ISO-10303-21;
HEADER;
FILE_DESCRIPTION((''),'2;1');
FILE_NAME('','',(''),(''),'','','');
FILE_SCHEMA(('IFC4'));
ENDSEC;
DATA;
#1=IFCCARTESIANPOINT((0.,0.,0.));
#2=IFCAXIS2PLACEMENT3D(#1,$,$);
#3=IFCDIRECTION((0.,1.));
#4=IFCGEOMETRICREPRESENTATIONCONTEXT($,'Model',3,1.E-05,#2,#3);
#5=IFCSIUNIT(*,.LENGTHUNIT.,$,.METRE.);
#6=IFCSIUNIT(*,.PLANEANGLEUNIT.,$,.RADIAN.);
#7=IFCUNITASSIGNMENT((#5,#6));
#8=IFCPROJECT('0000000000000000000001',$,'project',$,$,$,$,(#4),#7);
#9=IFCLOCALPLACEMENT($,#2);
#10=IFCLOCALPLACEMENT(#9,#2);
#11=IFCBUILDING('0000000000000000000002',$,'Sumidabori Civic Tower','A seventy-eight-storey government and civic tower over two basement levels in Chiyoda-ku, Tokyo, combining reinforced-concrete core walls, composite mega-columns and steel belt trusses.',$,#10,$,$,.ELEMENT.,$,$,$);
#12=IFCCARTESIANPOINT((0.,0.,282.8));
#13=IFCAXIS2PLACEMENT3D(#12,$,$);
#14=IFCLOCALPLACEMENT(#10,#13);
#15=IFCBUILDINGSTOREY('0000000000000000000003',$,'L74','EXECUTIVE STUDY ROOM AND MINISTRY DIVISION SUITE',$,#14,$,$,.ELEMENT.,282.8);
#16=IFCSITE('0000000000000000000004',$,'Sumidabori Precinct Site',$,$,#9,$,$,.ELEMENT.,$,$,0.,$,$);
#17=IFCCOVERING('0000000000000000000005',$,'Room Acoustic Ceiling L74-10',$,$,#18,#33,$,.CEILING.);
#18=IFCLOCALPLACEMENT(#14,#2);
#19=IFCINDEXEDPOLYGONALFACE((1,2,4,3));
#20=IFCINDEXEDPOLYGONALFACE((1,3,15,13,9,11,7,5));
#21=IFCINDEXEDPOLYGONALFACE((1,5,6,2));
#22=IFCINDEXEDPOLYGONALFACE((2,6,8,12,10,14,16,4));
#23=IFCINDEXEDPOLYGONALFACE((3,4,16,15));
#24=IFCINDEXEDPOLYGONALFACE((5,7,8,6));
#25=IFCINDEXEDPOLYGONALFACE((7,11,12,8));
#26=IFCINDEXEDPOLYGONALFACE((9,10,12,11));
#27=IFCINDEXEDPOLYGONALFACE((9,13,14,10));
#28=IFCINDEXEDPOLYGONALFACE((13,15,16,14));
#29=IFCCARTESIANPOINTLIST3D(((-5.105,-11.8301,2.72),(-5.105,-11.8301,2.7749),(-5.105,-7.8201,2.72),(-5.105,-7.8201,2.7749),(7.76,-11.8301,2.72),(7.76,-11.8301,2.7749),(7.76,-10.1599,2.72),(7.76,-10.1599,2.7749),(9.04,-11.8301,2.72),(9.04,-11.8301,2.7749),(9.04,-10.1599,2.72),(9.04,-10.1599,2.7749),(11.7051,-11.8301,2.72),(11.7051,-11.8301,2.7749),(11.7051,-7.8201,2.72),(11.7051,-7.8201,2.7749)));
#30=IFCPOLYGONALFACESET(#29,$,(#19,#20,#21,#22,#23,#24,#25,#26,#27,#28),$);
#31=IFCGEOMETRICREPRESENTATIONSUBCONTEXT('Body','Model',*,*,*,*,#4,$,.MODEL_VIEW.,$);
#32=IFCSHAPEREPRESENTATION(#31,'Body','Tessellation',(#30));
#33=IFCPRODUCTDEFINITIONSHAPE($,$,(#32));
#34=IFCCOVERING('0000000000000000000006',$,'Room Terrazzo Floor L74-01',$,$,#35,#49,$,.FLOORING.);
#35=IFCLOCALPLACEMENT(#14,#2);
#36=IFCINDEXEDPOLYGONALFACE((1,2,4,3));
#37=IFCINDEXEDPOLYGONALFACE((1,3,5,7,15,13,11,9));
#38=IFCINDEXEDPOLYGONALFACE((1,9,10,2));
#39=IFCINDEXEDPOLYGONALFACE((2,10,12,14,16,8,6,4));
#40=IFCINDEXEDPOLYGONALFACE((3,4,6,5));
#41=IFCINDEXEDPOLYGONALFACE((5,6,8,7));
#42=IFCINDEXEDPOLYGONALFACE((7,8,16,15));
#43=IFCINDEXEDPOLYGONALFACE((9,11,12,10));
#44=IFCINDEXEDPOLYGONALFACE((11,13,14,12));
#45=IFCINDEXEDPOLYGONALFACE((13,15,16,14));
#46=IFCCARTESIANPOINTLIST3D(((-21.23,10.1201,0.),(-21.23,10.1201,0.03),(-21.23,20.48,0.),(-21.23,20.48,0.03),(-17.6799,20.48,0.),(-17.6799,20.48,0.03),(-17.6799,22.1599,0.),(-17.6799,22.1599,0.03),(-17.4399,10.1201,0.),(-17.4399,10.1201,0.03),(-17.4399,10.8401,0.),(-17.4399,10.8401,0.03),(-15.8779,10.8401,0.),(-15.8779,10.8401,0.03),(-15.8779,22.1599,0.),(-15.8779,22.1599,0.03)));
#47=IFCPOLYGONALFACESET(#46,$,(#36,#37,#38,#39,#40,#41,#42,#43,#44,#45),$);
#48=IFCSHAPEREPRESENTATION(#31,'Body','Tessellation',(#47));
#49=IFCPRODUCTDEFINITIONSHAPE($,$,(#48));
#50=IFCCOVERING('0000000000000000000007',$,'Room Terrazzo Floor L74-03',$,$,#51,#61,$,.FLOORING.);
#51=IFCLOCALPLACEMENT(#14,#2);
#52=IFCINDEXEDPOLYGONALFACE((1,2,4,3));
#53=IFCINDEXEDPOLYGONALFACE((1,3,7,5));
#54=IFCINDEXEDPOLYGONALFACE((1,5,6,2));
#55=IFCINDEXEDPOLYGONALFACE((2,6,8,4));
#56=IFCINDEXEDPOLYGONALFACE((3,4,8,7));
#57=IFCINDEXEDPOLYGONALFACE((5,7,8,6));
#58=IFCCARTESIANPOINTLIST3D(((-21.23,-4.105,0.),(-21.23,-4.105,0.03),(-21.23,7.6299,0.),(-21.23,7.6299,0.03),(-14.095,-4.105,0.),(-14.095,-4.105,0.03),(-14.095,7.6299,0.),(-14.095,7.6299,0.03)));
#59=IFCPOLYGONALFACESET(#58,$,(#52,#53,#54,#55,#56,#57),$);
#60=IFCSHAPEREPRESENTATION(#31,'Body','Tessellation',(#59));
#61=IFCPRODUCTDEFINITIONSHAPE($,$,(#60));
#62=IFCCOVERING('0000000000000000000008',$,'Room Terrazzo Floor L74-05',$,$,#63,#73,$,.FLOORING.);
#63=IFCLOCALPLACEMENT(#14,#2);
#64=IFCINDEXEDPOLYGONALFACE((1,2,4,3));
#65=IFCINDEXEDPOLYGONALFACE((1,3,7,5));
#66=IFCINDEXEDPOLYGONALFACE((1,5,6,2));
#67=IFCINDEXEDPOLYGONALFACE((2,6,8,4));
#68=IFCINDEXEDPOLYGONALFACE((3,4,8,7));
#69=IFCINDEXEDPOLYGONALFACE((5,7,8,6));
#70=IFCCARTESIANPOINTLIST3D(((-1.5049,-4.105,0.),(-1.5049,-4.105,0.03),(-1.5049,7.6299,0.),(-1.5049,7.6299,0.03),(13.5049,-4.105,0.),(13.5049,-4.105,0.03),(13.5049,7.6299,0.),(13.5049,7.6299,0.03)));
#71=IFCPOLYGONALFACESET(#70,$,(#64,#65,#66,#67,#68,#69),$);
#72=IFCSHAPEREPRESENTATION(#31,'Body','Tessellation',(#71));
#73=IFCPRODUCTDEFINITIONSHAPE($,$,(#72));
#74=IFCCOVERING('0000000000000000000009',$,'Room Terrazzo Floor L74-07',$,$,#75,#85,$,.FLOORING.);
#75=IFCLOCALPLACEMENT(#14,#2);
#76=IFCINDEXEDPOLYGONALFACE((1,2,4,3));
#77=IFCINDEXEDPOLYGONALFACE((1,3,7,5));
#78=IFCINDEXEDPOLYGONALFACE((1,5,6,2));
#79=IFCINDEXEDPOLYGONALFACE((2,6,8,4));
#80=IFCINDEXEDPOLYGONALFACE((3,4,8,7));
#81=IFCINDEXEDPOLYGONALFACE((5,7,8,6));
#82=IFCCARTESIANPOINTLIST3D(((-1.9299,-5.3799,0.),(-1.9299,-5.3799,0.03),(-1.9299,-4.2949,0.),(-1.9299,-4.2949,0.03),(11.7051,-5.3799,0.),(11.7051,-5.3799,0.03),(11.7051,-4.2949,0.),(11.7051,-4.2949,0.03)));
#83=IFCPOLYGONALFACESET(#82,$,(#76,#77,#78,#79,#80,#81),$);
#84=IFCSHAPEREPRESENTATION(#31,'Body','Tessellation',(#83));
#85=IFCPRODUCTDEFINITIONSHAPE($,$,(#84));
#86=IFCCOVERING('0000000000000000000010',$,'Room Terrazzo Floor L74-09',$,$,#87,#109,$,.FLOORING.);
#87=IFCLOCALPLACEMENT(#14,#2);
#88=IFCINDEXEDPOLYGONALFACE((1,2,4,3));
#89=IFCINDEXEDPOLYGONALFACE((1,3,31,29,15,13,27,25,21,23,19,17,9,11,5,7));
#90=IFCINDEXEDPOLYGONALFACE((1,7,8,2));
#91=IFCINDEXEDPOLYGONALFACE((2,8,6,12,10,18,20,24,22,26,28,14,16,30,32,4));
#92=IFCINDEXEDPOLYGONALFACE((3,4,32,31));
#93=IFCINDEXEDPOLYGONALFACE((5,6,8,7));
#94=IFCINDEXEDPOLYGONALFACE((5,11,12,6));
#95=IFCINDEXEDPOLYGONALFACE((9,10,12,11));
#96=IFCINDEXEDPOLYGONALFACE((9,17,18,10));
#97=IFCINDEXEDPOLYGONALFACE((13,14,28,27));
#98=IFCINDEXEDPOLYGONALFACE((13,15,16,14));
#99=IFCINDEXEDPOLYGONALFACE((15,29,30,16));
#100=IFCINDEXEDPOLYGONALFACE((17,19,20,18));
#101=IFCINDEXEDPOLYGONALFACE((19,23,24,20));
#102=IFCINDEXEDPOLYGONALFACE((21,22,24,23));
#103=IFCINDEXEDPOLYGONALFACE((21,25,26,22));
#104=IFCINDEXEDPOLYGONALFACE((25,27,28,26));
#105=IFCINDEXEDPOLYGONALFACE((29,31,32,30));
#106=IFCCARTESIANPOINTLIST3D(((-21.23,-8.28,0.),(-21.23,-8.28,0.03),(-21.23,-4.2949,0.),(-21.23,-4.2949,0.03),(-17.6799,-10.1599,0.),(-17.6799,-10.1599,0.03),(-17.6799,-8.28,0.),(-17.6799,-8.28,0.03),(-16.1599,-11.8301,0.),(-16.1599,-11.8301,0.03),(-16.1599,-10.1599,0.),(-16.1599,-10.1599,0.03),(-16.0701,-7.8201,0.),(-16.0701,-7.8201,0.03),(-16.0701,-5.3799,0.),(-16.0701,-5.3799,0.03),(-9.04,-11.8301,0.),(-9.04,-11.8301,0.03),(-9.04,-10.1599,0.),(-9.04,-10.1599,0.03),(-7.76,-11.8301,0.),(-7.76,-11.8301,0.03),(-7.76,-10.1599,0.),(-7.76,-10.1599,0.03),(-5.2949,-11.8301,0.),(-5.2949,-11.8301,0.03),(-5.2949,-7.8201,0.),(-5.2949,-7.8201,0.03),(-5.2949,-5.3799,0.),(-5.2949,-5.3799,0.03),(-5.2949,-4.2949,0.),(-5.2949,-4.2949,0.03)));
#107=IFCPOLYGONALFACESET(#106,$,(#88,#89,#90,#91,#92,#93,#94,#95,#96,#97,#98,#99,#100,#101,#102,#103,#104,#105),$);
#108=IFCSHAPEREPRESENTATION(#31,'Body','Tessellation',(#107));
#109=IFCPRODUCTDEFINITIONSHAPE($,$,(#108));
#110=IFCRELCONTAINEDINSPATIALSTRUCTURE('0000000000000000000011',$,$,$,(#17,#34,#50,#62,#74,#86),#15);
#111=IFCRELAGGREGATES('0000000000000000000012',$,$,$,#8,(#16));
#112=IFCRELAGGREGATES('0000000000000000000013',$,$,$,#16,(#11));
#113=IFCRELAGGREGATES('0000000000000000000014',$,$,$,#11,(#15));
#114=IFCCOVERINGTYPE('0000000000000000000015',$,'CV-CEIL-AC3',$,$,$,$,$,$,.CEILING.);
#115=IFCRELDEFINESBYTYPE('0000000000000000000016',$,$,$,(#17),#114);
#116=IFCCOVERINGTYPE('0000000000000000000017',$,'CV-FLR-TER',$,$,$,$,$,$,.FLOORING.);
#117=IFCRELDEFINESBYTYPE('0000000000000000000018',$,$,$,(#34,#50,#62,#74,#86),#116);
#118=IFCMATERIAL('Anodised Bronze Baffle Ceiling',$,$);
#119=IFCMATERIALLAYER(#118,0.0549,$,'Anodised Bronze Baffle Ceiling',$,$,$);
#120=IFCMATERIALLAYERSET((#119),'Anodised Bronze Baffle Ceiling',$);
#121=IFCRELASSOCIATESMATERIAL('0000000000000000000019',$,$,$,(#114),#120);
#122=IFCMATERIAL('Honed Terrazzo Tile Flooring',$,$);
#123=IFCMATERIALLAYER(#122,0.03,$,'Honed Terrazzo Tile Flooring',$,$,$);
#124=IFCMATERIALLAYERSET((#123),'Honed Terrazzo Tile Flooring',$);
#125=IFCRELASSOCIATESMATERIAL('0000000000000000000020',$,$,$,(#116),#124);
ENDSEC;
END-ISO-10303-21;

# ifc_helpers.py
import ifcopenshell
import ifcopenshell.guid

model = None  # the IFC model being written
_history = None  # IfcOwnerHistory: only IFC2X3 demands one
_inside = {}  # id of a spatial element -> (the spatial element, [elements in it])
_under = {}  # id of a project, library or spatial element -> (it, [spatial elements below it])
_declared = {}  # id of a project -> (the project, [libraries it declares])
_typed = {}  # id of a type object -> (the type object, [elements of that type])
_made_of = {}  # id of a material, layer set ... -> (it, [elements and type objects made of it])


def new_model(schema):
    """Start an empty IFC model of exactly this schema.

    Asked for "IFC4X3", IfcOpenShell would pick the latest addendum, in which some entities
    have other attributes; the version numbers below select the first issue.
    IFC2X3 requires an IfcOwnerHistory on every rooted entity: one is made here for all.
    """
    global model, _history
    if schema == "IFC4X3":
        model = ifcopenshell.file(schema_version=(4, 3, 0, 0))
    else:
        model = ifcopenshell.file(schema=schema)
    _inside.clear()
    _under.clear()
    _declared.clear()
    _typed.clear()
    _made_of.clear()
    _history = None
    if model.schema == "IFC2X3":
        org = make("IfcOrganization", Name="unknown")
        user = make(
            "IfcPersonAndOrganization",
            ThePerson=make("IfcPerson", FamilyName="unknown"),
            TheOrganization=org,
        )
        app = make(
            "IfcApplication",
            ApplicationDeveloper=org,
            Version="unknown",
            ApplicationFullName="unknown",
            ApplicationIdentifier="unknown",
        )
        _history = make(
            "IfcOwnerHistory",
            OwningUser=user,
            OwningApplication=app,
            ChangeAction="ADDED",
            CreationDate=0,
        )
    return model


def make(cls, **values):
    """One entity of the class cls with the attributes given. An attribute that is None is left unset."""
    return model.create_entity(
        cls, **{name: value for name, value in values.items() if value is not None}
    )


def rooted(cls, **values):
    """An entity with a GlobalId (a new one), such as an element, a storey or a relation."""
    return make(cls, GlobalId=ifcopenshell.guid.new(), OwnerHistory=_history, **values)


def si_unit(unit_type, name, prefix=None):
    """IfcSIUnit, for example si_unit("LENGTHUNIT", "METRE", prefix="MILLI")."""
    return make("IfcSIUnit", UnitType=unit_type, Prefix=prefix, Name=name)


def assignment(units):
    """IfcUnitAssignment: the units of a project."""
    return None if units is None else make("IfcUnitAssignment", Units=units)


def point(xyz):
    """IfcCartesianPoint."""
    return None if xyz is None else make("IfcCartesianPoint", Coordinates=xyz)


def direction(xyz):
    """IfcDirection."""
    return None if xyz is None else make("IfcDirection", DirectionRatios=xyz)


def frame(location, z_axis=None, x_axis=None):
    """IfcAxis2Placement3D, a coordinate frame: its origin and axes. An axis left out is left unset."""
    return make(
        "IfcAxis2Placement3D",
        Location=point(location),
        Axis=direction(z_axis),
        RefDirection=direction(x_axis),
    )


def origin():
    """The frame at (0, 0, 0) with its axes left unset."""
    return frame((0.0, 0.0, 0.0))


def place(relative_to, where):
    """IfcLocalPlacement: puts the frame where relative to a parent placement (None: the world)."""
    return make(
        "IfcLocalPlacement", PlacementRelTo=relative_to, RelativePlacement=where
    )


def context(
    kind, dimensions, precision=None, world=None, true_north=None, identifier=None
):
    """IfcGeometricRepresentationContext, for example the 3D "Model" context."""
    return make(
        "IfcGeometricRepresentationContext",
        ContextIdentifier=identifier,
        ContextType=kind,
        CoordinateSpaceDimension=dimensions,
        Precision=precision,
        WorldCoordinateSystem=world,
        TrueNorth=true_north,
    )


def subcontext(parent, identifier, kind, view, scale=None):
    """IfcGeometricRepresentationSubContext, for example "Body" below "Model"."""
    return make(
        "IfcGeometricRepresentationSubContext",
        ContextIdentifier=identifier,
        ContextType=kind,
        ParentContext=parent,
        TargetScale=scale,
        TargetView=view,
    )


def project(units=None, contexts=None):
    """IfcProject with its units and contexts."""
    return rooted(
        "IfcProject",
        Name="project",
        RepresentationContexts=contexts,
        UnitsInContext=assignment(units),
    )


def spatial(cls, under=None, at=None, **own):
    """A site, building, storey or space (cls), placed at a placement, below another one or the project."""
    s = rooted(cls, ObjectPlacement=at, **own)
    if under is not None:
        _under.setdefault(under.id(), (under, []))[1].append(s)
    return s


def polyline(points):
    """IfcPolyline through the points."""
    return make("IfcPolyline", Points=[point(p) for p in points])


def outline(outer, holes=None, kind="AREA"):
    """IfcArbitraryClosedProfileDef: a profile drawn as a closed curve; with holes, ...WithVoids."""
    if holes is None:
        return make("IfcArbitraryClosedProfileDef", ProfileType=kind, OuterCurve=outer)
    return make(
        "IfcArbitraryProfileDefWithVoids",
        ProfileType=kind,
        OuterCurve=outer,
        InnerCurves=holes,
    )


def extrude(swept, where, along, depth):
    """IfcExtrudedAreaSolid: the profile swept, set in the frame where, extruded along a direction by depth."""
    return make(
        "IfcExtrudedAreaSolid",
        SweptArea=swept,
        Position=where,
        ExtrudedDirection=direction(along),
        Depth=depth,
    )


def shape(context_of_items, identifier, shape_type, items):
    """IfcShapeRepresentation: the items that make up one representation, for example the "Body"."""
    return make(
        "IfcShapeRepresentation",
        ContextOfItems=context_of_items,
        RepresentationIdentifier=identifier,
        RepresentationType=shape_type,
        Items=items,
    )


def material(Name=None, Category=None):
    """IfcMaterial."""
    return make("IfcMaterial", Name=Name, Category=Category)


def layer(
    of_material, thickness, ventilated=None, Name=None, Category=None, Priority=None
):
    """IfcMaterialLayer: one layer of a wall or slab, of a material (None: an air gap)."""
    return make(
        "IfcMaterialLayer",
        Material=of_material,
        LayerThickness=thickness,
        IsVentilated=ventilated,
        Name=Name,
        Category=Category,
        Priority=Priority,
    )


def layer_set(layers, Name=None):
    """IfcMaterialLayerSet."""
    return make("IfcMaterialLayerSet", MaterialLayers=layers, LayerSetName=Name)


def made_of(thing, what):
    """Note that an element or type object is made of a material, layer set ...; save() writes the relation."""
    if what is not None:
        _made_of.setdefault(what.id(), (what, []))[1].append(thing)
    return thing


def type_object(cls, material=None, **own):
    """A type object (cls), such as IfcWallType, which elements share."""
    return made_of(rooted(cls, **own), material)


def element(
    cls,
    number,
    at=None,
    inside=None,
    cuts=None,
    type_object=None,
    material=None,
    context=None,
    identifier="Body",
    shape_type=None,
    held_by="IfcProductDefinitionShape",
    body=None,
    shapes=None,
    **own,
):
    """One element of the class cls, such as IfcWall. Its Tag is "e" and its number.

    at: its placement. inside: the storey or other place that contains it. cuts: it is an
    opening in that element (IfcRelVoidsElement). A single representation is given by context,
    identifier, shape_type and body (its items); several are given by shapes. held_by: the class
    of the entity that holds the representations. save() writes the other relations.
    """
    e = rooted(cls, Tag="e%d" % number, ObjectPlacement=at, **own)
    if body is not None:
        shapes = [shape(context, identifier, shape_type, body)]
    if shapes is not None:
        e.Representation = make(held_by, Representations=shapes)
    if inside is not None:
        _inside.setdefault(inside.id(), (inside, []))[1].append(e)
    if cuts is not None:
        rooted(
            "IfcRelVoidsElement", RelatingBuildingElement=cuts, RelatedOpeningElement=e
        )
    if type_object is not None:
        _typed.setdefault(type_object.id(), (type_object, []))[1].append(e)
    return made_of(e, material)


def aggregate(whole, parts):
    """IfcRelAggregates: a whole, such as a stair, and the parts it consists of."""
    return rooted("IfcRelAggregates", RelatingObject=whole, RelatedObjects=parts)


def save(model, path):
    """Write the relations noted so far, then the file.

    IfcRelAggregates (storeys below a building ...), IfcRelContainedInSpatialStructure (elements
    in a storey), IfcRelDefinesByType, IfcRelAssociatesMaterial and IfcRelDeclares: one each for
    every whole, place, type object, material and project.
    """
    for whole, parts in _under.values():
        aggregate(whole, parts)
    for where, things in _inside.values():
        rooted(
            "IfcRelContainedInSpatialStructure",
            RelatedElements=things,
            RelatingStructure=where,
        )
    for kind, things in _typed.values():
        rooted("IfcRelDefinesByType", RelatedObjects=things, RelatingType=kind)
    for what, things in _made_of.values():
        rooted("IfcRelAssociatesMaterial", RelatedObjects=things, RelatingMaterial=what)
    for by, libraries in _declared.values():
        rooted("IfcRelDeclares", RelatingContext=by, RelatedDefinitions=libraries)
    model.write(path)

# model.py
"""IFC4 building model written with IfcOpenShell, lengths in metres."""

from ifc_helpers import new_model, si_unit, direction, frame, origin, place, context, subcontext, project, spatial, polyline, outline, extrude, material, layer, layer_set, type_object, element, save


model = new_model("IFC4")

# Units and contexts
model_context = context("Model", 3, precision=1e-05, world=origin(), true_north=direction((0.0, 1.0)))
body_context = subcontext(model_context, "Body", "Model", "MODEL_VIEW")
ifc_project = project(units=[si_unit("LENGTHUNIT", "METRE"), si_unit("PLANEANGLEUNIT", "RADIAN")], contexts=[model_context])

# Site, building, storey
site_placement = place(None, origin())
site = spatial("IfcSite", under=ifc_project, at=site_placement, Name="Sumidabori Precinct Site", CompositionType="ELEMENT", RefElevation=0.0)
building_placement = place(site_placement, origin())
building = spatial("IfcBuilding", under=site, at=building_placement, Name="Sumidabori Civic Tower", Description="A seventy-eight-storey government and civic tower over two basement levels in Chiyoda-ku, Tokyo, combining reinforced-concrete core walls, composite mega-columns and steel belt trusses.", CompositionType="ELEMENT")
storey_placement = place(building_placement, frame((0.0, 0.0, 282.8)))
storey = spatial("IfcBuildingStorey", under=building, at=storey_placement, Name="L74", Description="EXECUTIVE STUDY ROOM AND MINISTRY DIVISION SUITE", CompositionType="ELEMENT", Elevation=282.8)

# Coverings
ifc_material_1 = material(Name="Anodised Bronze Baffle Ceiling")
ifc_layer_1 = layer(ifc_material_1, 0.0549, Name="Anodised Bronze Baffle Ceiling")
ifc_layer_set_1 = layer_set([ifc_layer_1], Name="Anodised Bronze Baffle Ceiling")
covering_type_1 = type_object("IfcCoveringType", Name="CV-CEIL-AC3", PredefinedType="CEILING", material=ifc_layer_set_1)
covering_1_placement = place(storey_placement, frame((0.0, 0.0, 2.72)))
element("IfcCovering", 1, at=covering_1_placement, inside=storey, type_object=covering_type_1, Name="Room Acoustic Ceiling L74-10", PredefinedType="CEILING", context=body_context, shape_type="SweptSolid", body=[
    extrude(outline(polyline([(11.7051, -7.8201), (11.7051, -11.8301), (9.04, -11.8301), (9.04, -10.1599), (7.76, -10.1599), (7.76, -11.8301), (-5.105, -11.8301), (-5.105, -7.8201), (11.7051, -7.8201)])), origin(), (0.0, 0.0, 1.0), 0.0549),
])
ifc_material_2 = material(Name="Honed Terrazzo Tile Flooring")
ifc_layer_2 = layer(ifc_material_2, 0.03, Name="Honed Terrazzo Tile Flooring")
ifc_layer_set_2 = layer_set([ifc_layer_2], Name="Honed Terrazzo Tile Flooring")
covering_type_2 = type_object("IfcCoveringType", Name="CV-FLR-TER", PredefinedType="FLOORING", material=ifc_layer_set_2)
covering_2_placement = place(storey_placement, origin())
element("IfcCovering", 2, at=covering_2_placement, inside=storey, type_object=covering_type_2, Name="Room Terrazzo Floor L74-01", PredefinedType="FLOORING", context=body_context, shape_type="SweptSolid", body=[
    extrude(outline(polyline([(-15.8779, 22.1599), (-15.8779, 10.8401), (-17.4399, 10.8401), (-17.4399, 10.1201), (-21.23, 10.1201), (-21.23, 20.48), (-17.6799, 20.48), (-17.6799, 22.1599), (-15.8779, 22.1599)])), origin(), (0.0, 0.0, 1.0), 0.03),
])
covering_3_placement = place(storey_placement, origin())
element("IfcCovering", 3, at=covering_3_placement, inside=storey, type_object=covering_type_2, Name="Room Terrazzo Floor L74-03", PredefinedType="FLOORING", context=body_context, shape_type="SweptSolid", body=[
    extrude(outline(polyline([(-21.23, -4.105), (-21.23, 7.6299), (-14.095, 7.6299), (-14.095, -4.105), (-21.23, -4.105)])), origin(), (0.0, 0.0, 1.0), 0.03),
])
covering_4_placement = place(storey_placement, origin())
element("IfcCovering", 4, at=covering_4_placement, inside=storey, type_object=covering_type_2, Name="Room Terrazzo Floor L74-05", PredefinedType="FLOORING", context=body_context, shape_type="SweptSolid", body=[
    extrude(outline(polyline([(13.5049, 7.6299), (13.5049, -4.105), (-1.5049, -4.105), (-1.5049, 7.6299), (13.5049, 7.6299)])), origin(), (0.0, 0.0, 1.0), 0.03),
])
covering_5_placement = place(storey_placement, origin())
element("IfcCovering", 5, at=covering_5_placement, inside=storey, type_object=covering_type_2, Name="Room Terrazzo Floor L74-07", PredefinedType="FLOORING", context=body_context, shape_type="SweptSolid", body=[
    extrude(outline(polyline([(-1.9299, -5.3799), (-1.9299, -4.2949), (11.7051, -4.2949), (11.7051, -5.3799), (-1.9299, -5.3799)])), origin(), (0.0, 0.0, 1.0), 0.03),
])
covering_6_placement = place(storey_placement, origin())
element("IfcCovering", 6, at=covering_6_placement, inside=storey, type_object=covering_type_2, Name="Room Terrazzo Floor L74-09", PredefinedType="FLOORING", context=body_context, shape_type="SweptSolid", body=[
    extrude(outline(polyline([(-17.6799, -8.28), (-21.23, -8.28), (-21.23, -4.2949), (-5.2949, -4.2949), (-5.2949, -5.3799), (-16.0701, -5.3799), (-16.0701, -7.8201), (-5.2949, -7.8201), (-5.2949, -11.8301), (-7.76, -11.8301), (-7.76, -10.1599), (-9.04, -10.1599), (-9.04, -11.8301), (-16.1599, -11.8301), (-16.1599, -10.1599), (-17.6799, -10.1599), (-17.6799, -8.28)])), origin(), (0.0, 0.0, 1.0), 0.03),
])

save(model, "model.ifc")
